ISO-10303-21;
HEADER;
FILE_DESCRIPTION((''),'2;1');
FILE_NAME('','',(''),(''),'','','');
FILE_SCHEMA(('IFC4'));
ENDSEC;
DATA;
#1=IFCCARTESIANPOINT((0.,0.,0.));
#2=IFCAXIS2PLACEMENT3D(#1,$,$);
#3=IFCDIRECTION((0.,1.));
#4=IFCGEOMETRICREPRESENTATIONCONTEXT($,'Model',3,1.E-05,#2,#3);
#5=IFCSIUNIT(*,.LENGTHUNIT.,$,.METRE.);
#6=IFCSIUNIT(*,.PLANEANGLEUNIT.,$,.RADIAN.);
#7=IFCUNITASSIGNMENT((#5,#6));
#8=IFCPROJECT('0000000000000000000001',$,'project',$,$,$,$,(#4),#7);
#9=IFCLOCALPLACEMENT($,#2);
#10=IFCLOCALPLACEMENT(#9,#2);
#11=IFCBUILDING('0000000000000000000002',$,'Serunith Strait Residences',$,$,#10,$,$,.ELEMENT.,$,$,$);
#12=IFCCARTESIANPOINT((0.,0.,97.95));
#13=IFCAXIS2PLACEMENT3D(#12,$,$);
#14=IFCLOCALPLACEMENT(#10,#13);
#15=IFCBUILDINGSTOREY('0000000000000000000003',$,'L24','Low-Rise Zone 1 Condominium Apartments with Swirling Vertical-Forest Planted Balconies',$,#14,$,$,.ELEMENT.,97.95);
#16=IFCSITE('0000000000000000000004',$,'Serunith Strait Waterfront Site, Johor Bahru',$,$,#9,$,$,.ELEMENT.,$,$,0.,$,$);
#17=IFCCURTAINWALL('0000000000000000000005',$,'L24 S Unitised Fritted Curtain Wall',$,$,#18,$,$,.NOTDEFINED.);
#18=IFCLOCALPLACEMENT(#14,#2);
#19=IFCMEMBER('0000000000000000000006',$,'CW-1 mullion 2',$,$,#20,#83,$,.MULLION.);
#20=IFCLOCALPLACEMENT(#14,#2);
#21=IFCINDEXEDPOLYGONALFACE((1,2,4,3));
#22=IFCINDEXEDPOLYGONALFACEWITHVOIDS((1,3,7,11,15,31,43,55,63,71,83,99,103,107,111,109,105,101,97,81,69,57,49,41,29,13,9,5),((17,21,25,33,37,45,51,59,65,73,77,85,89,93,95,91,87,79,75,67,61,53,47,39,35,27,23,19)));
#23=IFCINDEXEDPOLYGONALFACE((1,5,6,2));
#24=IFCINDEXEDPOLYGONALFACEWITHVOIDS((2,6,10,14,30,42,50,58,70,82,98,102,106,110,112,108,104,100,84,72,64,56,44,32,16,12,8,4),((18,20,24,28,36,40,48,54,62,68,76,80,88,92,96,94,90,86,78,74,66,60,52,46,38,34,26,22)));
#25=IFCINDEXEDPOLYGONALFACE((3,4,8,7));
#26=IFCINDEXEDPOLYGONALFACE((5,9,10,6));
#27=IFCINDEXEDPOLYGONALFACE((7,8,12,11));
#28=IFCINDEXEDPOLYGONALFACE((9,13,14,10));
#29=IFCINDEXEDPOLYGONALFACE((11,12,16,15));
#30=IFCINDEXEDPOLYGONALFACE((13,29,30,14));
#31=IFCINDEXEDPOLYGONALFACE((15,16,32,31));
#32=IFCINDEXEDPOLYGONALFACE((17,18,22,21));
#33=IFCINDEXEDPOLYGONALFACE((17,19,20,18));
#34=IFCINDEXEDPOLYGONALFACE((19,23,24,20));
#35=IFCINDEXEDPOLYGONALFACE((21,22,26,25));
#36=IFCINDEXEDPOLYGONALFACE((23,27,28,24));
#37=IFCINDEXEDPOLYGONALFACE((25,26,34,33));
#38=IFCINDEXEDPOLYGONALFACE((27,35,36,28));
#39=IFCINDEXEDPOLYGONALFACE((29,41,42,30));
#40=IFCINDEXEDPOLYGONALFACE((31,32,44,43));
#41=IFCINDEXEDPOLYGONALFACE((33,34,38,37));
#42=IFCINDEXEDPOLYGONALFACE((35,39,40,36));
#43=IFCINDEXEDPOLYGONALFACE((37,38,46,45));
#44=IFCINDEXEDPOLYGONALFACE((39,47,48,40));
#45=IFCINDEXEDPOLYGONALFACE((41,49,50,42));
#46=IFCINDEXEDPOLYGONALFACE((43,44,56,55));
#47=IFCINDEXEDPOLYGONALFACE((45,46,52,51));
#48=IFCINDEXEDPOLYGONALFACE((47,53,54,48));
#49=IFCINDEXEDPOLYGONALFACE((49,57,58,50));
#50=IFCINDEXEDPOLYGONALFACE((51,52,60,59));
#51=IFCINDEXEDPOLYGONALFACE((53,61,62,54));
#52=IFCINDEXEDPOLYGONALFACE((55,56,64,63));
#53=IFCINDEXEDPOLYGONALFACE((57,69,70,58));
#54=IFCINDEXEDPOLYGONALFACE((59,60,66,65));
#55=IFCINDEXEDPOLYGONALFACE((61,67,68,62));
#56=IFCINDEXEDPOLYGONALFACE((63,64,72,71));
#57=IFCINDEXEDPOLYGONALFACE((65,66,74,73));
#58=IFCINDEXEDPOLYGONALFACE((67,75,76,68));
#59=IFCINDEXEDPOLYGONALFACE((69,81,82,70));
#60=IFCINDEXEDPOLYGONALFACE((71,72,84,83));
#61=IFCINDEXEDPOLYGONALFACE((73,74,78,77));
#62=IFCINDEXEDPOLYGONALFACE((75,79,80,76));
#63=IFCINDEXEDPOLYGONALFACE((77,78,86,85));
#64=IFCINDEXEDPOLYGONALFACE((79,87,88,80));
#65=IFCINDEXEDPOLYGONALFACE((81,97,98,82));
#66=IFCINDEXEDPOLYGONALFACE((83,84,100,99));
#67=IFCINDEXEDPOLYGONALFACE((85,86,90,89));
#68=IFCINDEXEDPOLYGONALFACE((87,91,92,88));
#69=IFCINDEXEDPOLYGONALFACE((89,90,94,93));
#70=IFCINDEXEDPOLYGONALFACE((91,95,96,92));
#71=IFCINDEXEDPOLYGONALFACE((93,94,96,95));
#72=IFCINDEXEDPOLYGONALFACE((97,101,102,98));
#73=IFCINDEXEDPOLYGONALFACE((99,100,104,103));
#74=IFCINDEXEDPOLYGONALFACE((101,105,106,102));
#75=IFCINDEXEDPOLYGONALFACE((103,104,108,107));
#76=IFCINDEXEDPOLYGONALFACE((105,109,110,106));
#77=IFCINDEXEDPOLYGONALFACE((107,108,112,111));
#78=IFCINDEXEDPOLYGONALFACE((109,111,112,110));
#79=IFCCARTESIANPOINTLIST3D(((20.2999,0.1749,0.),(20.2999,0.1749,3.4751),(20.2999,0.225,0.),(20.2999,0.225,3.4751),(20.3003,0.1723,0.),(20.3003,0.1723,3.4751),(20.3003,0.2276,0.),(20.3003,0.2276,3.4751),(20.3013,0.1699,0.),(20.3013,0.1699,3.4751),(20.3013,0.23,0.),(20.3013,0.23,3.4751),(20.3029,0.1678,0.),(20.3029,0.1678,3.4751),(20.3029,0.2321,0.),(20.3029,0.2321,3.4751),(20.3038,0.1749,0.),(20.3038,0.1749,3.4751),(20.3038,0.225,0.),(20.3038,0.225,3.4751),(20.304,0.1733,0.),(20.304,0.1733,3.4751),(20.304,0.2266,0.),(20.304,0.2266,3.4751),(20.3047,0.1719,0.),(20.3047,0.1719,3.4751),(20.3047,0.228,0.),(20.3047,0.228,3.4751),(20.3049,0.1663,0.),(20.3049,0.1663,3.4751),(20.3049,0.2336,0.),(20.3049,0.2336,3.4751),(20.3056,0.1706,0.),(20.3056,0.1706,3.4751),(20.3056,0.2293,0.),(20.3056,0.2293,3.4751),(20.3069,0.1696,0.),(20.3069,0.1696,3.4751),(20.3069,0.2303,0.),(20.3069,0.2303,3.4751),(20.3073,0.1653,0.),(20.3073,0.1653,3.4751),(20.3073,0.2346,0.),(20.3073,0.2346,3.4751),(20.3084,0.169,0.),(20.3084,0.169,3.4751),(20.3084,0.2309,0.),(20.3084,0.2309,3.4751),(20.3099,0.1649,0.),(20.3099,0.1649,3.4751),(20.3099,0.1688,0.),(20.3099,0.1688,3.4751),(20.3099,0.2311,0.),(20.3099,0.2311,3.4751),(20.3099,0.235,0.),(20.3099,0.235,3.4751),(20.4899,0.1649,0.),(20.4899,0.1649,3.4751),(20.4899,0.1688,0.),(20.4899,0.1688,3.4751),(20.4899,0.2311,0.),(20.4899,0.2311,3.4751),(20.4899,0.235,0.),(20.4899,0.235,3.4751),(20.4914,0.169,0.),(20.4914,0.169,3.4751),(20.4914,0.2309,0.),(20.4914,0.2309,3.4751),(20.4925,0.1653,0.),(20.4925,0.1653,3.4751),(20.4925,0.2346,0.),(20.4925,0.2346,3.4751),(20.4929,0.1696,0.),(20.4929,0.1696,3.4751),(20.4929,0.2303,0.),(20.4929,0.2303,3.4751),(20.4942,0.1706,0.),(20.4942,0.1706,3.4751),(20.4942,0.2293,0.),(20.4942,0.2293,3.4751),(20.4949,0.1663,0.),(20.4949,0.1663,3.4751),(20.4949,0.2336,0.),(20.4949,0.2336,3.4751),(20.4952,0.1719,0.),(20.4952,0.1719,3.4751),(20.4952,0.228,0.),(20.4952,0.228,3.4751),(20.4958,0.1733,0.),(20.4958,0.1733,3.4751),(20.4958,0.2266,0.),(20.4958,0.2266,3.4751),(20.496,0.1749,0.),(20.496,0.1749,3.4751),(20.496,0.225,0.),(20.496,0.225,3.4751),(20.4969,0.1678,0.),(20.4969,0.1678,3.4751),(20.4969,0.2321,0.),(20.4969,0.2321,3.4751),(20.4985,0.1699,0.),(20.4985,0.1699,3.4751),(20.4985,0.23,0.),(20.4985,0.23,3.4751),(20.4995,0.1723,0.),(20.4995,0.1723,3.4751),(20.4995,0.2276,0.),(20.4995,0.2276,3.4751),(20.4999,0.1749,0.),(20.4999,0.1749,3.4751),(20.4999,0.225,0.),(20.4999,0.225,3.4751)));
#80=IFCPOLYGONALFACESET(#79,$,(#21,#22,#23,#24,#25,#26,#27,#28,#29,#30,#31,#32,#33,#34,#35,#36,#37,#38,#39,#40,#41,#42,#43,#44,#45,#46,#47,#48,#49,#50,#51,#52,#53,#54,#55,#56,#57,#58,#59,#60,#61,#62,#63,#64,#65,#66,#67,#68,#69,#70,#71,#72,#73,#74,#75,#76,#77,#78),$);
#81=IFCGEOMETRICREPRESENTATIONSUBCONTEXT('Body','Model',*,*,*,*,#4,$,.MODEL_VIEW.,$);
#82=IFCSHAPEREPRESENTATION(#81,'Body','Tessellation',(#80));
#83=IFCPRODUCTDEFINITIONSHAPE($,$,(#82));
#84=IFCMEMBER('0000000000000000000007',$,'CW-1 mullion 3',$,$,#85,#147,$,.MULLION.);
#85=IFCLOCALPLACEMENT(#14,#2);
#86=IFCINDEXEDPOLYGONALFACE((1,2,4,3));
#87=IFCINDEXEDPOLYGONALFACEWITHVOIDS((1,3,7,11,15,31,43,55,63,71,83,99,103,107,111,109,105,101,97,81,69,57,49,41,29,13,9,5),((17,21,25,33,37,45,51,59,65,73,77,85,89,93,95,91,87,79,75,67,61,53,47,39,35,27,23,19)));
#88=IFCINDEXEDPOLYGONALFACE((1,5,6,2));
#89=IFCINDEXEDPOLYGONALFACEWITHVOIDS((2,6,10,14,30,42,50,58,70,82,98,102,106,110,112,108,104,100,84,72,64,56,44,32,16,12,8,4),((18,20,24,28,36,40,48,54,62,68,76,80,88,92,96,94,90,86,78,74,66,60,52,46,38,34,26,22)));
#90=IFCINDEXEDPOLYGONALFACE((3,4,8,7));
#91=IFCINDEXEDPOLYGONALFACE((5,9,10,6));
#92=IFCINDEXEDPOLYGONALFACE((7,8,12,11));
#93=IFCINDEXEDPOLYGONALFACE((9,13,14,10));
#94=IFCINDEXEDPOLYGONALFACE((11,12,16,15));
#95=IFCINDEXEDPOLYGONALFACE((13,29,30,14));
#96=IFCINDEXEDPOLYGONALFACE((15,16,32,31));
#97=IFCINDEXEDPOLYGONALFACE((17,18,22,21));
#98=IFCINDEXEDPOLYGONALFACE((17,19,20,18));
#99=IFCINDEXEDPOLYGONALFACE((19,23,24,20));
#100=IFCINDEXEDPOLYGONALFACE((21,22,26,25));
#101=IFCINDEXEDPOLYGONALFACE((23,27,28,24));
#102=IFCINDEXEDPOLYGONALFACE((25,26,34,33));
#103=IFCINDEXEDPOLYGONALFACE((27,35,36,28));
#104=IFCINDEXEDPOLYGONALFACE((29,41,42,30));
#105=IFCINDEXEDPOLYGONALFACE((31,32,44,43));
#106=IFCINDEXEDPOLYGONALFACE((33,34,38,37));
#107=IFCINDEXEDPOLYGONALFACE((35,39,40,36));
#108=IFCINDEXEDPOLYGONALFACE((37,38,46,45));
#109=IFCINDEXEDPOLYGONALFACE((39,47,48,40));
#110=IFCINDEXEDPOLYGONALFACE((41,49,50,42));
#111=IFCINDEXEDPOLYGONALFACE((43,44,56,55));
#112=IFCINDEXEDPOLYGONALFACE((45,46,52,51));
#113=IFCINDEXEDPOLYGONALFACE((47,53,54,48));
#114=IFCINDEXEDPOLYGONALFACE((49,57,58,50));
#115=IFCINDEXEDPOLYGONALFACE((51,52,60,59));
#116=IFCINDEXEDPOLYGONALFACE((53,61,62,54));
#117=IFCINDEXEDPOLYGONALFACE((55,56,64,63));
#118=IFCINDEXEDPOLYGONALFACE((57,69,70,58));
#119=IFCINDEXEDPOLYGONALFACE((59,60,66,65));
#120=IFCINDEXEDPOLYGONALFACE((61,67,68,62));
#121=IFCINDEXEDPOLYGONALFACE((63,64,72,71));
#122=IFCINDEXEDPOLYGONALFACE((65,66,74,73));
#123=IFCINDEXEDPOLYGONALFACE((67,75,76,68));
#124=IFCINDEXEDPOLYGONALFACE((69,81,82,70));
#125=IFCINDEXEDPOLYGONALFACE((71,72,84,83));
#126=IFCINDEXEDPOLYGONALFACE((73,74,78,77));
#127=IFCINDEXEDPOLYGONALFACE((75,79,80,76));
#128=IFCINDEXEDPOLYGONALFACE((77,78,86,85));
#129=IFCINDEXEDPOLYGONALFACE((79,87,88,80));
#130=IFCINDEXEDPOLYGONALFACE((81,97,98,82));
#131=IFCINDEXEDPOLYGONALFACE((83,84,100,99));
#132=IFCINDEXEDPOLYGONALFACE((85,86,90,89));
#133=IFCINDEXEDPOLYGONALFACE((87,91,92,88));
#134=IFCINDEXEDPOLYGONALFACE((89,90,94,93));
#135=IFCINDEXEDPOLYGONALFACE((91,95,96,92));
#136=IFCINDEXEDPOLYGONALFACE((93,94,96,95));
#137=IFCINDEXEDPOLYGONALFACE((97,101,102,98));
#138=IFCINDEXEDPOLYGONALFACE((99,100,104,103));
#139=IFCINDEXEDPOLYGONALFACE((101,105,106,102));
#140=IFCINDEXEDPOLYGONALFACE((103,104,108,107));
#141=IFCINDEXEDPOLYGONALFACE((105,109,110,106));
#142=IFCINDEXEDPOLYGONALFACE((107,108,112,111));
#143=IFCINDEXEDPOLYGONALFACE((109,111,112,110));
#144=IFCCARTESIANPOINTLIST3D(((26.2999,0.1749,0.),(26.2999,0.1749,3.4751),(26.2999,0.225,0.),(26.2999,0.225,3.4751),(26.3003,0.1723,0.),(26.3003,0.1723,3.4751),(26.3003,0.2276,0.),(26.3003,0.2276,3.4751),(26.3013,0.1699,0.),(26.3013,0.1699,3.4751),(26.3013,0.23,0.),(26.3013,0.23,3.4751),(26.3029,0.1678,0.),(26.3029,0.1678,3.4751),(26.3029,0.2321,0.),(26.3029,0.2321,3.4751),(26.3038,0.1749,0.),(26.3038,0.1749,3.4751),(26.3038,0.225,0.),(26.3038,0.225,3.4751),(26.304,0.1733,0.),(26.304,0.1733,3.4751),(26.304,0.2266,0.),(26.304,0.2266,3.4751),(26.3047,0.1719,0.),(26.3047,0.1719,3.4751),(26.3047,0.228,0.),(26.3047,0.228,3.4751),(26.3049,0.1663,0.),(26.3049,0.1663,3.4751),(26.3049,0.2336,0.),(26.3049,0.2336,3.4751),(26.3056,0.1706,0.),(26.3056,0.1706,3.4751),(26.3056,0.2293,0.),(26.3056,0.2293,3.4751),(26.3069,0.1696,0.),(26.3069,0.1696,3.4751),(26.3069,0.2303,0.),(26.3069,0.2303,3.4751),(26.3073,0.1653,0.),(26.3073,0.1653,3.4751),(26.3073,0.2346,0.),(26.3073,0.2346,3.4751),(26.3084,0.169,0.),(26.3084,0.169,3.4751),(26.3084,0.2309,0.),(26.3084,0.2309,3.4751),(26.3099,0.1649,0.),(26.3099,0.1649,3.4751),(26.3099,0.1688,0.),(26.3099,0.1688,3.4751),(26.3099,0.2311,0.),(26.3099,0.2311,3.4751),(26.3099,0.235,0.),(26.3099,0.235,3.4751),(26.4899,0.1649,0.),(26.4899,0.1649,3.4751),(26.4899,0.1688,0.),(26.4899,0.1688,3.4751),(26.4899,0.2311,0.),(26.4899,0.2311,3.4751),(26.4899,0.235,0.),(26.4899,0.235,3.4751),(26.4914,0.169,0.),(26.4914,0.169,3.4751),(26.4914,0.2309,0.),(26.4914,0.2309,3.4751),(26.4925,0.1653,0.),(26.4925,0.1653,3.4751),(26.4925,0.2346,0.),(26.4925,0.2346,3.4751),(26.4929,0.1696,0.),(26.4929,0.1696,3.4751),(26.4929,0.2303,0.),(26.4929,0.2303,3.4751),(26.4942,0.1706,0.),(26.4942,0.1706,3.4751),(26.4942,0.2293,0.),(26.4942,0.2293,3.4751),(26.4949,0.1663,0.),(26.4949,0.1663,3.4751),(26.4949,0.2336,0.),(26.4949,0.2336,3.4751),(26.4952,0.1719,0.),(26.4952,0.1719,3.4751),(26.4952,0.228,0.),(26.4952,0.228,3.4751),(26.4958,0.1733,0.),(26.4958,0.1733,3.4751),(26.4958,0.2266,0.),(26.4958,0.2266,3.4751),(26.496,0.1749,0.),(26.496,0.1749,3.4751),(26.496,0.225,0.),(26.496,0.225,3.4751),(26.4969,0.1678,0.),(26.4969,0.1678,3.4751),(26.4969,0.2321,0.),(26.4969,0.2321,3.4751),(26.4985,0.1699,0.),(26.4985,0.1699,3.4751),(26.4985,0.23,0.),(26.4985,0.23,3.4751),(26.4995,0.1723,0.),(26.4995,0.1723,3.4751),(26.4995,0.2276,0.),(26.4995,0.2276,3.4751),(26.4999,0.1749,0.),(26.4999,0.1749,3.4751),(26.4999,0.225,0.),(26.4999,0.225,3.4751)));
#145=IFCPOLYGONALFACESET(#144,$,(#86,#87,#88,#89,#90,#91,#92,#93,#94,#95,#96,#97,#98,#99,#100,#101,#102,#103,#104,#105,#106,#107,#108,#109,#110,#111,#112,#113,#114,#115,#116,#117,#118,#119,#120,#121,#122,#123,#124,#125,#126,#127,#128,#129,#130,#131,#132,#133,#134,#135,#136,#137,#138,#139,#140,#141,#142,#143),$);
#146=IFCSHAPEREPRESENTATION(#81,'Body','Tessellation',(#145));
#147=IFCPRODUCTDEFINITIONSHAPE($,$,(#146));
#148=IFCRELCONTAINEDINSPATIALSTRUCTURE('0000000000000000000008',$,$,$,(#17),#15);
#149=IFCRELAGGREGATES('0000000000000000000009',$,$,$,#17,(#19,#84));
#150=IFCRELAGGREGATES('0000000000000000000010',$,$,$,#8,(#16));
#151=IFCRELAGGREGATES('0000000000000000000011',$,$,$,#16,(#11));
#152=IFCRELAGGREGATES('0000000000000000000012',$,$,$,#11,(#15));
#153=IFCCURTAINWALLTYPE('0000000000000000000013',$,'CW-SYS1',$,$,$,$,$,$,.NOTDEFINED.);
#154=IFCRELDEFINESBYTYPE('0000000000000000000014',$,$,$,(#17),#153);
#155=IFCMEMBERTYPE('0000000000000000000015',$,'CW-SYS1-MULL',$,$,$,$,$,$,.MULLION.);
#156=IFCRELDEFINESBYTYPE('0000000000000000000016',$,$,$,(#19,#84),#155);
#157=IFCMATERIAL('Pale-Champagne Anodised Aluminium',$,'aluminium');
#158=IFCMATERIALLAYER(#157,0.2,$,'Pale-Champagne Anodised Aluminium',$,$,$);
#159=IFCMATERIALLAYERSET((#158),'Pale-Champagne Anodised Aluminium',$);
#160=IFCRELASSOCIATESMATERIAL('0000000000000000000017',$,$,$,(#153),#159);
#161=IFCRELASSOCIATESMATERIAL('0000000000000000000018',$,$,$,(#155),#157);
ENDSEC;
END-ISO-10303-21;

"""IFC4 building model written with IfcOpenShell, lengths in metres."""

from ifc_helpers import new_model, si_unit, direction, frame, origin, origin_2d, place, context, subcontext, project, spatial, hollow_rectangle, extrude, source, transform, mapped, material, layer, layer_set, material_profile, profile_set, type_object, element, aggregate, save


model = new_model("IFC4")

# Units and contexts
model_context = context("Model", 3, precision=1e-05, world=origin(), true_north=direction((0.0, 1.0)))
body_context = subcontext(model_context, "Body", "Model", "MODEL_VIEW")
ifc_project = project(units=[si_unit("LENGTHUNIT", "METRE"), si_unit("PLANEANGLEUNIT", "RADIAN")], contexts=[model_context])

# Site, building, storey
site_placement = place(None, origin())
site = spatial("IfcSite", under=ifc_project, at=site_placement, Name="Serunith Strait Waterfront Site, Johor Bahru", CompositionType="ELEMENT", RefElevation=0.0)
building_placement = place(site_placement, origin())
building = spatial("IfcBuilding", under=site, at=building_placement, Name="Serunith Strait Residences", CompositionType="ELEMENT")
storey_placement = place(building_placement, frame((0.0, 0.0, 97.95)))
storey = spatial("IfcBuildingStorey", under=building, at=storey_placement, Name="L24", Description="Low-Rise Zone 1 Condominium Apartments with Swirling Vertical-Forest Planted Balconies", CompositionType="ELEMENT", Elevation=97.95)

# Curtain wall, members
ifc_material_1 = material(Name="Pale-Champagne Anodised Aluminium", Category="aluminium")
ifc_layer_1 = layer(ifc_material_1, 0.2, Name="Pale-Champagne Anodised Aluminium")
ifc_layer_set_1 = layer_set([ifc_layer_1], Name="Pale-Champagne Anodised Aluminium")
curtain_wall_type = type_object("IfcCurtainWallType", Name="CW-SYS1", PredefinedType="NOTDEFINED", material=ifc_layer_set_1)
curtain_wall_placement = place(storey_placement, origin())
curtain_wall = element("IfcCurtainWall", 1, at=curtain_wall_placement, inside=storey, type_object=curtain_wall_type, Name="L24 S Unitised Fritted Curtain Wall", PredefinedType="NOTDEFINED")
ifc_material_profile_1 = material_profile(ifc_material_1, hollow_rectangle(XDim=0.0701, YDim=0.2, WallThickness=0.0039, InnerFilletRadius=0.0061, OuterFilletRadius=0.01, at=origin_2d()), Name="ALU 200x70x4")
ifc_profile_set_1 = profile_set([ifc_material_profile_1], Name="Pale-Champagne Anodised Aluminium")
member_type_1 = type_object("IfcMemberType", Name="CW-SYS1-MULL", PredefinedType="MULLION", material=ifc_profile_set_1)
shared_shape_1 = source(origin(), body_context, "Body", "SweptSolid", [
    extrude(hollow_rectangle(XDim=0.0701, YDim=0.2, WallThickness=0.0039, InnerFilletRadius=0.0061, OuterFilletRadius=0.01, at=origin_2d()), origin(), (0.0, 0.0, 1.0), 3.4751),
])
member_1_placement = place(storey_placement, frame((20.3999, 0.2, 0.0), z_axis=(0.0, 0.0, 1.0), x_axis=(0.0, 1.0, 0.0)))
member_1 = element("IfcMember", 2, at=member_1_placement, type_object=member_type_1, Name="CW-1 mullion 2", PredefinedType="MULLION", context=body_context, shape_type="MappedRepresentation", body=[
    mapped(shared_shape_1, transform((0.0, 0.0, 0.0), scale=1.0)),
])
member_2_placement = place(storey_placement, frame((26.3999, 0.2, 0.0), z_axis=(0.0, 0.0, 1.0), x_axis=(0.0, 1.0, 0.0)))
member_2 = element("IfcMember", 3, at=member_2_placement, type_object=member_type_1, Name="CW-1 mullion 3", PredefinedType="MULLION", context=body_context, shape_type="MappedRepresentation", body=[
    mapped(shared_shape_1, transform((0.0, 0.0, 0.0), scale=1.0)),
])
aggregate(curtain_wall, [member_1, member_2])

save(model, "model.ifc")
